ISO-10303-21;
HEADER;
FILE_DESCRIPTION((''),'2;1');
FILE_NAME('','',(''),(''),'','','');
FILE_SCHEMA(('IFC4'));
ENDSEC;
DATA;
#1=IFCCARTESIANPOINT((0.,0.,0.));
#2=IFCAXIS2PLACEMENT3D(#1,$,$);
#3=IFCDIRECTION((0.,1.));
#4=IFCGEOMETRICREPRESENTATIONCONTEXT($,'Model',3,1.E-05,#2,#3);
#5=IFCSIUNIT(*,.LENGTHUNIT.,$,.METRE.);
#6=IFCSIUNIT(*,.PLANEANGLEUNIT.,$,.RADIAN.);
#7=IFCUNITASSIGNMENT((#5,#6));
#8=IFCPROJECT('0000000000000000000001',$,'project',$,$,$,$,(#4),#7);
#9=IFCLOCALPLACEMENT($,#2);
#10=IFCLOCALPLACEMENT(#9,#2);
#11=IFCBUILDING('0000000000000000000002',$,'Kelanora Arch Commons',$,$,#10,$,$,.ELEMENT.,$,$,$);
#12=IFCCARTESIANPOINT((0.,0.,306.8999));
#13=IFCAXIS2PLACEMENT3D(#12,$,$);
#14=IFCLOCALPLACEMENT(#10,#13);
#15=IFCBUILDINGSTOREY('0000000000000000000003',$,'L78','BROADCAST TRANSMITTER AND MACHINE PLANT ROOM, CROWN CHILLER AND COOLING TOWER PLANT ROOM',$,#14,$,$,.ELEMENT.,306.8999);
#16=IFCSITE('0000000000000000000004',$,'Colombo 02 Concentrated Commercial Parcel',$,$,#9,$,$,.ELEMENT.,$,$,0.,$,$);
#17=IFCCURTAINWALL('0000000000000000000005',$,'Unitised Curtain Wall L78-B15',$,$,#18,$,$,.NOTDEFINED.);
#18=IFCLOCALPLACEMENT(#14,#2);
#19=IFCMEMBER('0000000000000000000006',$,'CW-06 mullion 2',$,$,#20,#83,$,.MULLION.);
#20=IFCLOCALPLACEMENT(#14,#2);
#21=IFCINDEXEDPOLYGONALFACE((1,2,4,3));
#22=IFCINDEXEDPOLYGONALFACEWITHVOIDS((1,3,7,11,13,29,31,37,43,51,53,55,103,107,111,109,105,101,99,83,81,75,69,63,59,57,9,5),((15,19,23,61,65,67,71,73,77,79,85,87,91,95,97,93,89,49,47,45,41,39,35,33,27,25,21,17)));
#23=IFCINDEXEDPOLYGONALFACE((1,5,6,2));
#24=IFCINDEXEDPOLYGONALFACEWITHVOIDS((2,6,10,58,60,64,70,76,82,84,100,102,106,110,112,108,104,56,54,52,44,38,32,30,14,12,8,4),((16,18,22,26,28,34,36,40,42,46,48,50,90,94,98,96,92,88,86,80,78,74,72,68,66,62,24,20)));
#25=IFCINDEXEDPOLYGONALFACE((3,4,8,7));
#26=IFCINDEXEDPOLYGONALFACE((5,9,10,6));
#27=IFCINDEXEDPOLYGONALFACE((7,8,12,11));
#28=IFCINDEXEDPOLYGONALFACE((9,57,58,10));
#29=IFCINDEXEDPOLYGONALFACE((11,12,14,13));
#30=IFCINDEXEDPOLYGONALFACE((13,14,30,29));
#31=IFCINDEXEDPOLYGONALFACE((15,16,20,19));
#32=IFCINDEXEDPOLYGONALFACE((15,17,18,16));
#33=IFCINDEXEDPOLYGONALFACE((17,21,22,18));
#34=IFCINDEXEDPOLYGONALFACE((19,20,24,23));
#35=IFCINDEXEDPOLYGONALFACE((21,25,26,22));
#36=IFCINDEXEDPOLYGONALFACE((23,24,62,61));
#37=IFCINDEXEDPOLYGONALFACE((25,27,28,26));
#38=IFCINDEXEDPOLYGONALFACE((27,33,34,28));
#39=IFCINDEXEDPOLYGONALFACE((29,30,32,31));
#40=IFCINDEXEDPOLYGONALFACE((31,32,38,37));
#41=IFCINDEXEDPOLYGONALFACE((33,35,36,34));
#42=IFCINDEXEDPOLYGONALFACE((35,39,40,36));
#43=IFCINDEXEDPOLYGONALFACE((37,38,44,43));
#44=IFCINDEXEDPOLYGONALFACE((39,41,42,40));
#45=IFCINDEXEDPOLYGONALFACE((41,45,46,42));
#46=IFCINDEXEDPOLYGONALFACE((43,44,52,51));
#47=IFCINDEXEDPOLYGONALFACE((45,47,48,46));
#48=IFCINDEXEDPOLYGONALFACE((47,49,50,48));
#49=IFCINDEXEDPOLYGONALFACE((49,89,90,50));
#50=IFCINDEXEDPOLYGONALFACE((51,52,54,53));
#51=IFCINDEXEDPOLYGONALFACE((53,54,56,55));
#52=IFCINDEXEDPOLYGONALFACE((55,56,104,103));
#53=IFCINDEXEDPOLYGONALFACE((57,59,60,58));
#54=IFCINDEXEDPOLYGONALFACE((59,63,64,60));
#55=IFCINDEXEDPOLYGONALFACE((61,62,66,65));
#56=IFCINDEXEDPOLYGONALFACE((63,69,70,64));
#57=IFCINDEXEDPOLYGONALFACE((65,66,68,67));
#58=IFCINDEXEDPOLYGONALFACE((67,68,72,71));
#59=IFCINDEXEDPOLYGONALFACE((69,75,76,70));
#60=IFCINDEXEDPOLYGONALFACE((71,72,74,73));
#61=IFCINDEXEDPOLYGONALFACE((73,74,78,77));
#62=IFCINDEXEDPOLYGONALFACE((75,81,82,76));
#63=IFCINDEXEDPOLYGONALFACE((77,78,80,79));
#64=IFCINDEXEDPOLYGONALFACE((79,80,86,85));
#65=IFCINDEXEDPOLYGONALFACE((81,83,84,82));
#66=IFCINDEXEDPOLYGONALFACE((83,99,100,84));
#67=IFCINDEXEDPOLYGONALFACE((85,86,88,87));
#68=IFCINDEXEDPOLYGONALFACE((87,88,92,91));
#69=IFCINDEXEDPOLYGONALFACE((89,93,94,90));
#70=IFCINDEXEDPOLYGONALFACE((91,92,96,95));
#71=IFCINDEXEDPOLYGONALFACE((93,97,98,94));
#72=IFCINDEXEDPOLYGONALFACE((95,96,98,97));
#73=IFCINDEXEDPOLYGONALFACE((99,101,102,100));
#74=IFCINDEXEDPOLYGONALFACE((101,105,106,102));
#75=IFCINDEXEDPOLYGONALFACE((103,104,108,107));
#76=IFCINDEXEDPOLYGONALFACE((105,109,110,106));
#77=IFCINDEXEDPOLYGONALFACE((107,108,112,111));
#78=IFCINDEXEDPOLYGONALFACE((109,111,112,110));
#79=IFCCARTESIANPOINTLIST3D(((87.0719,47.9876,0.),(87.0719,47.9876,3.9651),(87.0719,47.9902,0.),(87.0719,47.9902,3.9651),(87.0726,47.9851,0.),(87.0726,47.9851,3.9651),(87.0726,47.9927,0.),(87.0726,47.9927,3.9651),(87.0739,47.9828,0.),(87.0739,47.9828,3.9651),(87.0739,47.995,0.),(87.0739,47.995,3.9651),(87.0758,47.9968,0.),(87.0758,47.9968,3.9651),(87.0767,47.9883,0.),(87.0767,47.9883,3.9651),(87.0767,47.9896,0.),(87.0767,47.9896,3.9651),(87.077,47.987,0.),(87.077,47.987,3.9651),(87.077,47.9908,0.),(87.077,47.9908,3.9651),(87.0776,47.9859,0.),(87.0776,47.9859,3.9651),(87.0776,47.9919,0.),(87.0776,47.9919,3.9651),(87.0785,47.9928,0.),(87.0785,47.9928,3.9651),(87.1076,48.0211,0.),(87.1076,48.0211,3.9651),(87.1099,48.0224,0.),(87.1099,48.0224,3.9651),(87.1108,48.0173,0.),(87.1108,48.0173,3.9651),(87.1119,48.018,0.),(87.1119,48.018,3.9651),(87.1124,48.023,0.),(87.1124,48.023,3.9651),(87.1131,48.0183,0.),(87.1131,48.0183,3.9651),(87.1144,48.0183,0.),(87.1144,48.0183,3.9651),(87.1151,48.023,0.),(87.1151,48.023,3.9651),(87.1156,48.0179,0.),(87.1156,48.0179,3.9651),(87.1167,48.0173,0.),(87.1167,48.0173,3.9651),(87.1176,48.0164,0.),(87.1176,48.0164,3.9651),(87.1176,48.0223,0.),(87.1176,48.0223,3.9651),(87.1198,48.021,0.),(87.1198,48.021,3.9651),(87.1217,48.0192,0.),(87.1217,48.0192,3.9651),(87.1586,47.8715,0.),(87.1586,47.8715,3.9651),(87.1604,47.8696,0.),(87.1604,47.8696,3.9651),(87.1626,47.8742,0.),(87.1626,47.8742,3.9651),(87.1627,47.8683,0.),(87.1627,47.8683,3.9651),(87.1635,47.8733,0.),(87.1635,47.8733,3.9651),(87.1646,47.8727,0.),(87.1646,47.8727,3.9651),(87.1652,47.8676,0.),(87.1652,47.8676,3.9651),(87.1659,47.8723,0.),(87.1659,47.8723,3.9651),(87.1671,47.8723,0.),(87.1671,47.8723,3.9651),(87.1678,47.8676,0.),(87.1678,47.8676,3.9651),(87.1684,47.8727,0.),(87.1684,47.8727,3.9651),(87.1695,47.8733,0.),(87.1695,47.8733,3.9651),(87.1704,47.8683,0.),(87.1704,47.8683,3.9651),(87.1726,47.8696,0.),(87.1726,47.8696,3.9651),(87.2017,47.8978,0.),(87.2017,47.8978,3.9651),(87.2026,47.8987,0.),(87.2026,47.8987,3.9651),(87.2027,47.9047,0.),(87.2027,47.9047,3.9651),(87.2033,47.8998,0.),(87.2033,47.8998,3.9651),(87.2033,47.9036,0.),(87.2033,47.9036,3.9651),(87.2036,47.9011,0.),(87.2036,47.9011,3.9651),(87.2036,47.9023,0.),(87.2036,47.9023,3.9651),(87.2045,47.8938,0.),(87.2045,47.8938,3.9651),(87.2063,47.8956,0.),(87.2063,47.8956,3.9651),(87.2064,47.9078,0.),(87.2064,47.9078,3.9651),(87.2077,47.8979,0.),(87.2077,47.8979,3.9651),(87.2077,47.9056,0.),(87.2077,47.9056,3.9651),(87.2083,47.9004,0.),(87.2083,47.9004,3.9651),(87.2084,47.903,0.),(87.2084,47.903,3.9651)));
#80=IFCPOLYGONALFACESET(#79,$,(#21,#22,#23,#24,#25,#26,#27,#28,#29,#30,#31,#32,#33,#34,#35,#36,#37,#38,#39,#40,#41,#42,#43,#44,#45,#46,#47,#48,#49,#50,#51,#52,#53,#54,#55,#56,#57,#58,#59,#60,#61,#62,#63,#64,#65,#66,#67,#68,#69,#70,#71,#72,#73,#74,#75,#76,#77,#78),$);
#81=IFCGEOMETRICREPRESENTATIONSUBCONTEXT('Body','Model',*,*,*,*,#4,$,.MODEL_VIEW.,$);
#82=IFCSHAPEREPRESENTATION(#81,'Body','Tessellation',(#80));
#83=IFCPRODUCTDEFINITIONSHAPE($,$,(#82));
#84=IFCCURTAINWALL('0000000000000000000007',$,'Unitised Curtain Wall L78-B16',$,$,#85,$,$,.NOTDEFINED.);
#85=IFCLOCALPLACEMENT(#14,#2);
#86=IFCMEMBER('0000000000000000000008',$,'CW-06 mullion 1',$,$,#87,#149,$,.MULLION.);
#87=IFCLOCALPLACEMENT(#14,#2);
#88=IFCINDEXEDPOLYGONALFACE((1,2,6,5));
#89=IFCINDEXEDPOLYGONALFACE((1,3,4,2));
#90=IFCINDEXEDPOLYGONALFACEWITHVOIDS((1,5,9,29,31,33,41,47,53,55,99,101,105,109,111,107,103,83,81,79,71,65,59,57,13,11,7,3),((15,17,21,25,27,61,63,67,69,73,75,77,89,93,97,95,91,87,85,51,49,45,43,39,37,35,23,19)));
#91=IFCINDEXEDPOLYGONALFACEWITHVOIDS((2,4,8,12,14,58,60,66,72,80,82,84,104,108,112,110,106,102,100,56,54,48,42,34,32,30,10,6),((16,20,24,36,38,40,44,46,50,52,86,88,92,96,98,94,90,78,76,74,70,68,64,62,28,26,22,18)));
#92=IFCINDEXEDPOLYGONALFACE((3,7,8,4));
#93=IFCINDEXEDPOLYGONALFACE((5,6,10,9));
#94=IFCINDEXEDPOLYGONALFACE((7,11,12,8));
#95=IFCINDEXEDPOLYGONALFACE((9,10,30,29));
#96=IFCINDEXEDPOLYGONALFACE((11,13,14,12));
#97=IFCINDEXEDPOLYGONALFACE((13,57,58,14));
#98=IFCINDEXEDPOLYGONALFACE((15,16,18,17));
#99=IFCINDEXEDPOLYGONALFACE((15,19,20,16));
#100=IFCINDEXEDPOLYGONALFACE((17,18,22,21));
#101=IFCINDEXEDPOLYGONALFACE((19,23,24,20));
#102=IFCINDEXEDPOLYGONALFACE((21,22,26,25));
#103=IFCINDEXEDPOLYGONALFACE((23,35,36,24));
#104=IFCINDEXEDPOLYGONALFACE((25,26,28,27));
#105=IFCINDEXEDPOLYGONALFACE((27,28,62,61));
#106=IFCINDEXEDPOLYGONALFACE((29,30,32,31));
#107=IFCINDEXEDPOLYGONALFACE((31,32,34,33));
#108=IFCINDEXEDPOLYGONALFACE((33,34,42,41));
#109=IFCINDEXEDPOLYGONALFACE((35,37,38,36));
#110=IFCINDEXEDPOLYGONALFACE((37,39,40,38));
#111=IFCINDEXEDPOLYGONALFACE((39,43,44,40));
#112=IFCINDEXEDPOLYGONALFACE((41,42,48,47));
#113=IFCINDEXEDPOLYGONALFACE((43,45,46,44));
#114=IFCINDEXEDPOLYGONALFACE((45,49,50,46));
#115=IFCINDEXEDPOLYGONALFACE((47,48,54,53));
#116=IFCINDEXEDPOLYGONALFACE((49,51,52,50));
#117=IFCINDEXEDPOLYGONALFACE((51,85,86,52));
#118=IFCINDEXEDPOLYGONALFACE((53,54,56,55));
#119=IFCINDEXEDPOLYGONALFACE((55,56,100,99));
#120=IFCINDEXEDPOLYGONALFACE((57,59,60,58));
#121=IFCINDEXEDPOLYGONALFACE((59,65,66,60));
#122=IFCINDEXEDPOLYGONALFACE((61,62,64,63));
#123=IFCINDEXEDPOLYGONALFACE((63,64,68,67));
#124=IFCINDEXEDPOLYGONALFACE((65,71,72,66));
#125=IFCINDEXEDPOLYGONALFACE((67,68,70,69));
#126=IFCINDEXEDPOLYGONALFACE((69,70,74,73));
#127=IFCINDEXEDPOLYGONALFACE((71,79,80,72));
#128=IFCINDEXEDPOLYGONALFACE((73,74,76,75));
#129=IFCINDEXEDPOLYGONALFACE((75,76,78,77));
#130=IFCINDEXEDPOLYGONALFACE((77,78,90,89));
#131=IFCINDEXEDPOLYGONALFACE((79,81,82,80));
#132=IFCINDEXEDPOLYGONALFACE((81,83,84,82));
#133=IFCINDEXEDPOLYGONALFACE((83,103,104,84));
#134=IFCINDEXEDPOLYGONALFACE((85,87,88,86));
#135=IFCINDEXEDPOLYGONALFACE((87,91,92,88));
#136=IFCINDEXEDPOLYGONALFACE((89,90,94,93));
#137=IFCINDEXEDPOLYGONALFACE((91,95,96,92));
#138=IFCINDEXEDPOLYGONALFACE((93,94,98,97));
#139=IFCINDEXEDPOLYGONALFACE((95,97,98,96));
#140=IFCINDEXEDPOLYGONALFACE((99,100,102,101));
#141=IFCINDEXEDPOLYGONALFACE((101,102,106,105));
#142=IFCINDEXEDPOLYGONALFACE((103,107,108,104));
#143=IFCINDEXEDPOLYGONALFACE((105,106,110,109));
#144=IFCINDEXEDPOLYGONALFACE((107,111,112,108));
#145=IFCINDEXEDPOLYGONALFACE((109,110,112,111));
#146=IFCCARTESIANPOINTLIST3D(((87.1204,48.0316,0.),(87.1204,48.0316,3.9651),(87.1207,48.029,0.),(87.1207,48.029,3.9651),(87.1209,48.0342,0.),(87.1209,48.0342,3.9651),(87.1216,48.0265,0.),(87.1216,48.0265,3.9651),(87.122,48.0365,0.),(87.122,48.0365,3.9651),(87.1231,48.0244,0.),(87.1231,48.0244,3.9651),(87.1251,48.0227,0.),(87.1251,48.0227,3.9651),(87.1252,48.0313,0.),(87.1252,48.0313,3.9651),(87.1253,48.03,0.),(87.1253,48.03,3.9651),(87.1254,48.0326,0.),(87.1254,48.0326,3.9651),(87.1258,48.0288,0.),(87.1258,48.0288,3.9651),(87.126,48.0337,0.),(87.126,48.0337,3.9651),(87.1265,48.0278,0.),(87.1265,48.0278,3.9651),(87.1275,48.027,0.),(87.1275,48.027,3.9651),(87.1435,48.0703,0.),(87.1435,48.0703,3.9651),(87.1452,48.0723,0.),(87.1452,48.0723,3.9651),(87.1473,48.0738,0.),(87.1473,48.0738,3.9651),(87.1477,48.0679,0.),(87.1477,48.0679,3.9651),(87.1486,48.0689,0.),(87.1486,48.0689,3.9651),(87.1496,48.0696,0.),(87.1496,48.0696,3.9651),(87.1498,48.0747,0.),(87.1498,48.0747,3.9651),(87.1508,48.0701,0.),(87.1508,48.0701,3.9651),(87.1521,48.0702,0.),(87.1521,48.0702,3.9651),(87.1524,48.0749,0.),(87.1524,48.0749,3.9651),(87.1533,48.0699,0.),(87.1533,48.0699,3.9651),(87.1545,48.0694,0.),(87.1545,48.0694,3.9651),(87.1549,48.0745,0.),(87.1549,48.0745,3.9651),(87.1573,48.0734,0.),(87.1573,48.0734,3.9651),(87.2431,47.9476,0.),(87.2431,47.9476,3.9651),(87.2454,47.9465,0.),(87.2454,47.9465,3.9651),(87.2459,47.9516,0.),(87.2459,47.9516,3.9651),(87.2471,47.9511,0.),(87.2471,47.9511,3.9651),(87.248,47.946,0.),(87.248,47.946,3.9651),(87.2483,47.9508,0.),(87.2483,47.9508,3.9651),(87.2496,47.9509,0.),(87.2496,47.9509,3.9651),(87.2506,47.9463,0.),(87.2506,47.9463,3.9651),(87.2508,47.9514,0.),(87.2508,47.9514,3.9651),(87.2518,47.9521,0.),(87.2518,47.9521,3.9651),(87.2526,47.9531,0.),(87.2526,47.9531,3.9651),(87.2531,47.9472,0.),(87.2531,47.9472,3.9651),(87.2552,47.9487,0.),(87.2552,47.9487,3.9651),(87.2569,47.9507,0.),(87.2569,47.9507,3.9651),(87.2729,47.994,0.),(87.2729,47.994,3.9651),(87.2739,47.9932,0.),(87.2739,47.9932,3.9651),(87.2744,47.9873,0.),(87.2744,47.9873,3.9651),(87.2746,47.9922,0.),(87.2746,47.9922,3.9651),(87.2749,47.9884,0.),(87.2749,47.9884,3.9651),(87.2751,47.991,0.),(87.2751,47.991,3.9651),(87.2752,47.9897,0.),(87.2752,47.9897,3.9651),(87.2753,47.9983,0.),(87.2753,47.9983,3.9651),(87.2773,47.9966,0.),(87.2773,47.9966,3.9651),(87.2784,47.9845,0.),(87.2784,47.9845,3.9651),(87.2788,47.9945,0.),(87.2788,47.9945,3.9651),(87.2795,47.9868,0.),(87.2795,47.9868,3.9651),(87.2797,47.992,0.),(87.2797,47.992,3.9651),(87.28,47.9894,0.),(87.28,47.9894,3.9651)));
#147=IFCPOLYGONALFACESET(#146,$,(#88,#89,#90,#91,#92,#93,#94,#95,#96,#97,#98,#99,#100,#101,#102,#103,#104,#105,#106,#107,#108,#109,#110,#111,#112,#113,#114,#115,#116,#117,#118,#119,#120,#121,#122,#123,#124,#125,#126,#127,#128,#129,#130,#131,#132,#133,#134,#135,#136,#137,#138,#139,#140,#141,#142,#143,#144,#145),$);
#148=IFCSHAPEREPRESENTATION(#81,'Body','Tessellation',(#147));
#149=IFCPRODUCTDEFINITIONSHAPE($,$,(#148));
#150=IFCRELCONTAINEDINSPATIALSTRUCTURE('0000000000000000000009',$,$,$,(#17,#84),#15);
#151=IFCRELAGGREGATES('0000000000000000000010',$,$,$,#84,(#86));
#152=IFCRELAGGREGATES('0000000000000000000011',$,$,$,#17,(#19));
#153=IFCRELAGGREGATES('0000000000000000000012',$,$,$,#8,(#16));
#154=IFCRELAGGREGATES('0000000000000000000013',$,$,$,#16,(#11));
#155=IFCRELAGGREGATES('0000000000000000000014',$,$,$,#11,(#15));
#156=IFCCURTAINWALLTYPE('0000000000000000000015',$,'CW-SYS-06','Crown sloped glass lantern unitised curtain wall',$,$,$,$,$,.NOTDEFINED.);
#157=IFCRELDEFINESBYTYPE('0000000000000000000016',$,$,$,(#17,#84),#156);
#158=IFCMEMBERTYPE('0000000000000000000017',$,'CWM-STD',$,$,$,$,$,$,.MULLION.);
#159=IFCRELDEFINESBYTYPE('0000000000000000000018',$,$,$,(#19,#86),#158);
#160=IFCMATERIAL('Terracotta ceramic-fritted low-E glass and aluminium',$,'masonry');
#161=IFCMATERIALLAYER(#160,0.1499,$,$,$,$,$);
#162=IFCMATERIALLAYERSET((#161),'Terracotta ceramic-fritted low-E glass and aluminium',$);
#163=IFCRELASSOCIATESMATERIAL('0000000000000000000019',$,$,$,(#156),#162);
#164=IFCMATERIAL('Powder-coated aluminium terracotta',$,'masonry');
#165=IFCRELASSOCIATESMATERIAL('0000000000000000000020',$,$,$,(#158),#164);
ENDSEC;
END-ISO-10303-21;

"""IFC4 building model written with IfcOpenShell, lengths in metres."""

from ifc_helpers import new_model, si_unit, direction, frame, origin, origin_2d, place, context, subcontext, project, spatial, hollow_rectangle, extrude, material, layer, layer_set, material_profile, profile_set, type_object, element, aggregate, save


model = new_model("IFC4")

# Units and contexts
model_context = context("Model", 3, precision=1e-05, world=origin(), true_north=direction((0.0, 1.0)))
body_context = subcontext(model_context, "Body", "Model", "MODEL_VIEW")
ifc_project = project(units=[si_unit("LENGTHUNIT", "METRE"), si_unit("PLANEANGLEUNIT", "RADIAN")], contexts=[model_context])

# Site, building, storey
site_placement = place(None, origin())
site = spatial("IfcSite", under=ifc_project, at=site_placement, Name="Colombo 02 Concentrated Commercial Parcel", CompositionType="ELEMENT", RefElevation=0.0)
building_placement = place(site_placement, origin())
building = spatial("IfcBuilding", under=site, at=building_placement, Name="Kelanora Arch Commons", CompositionType="ELEMENT")
storey_placement = place(building_placement, frame((0.0, 0.0, 306.8999)))
storey = spatial("IfcBuildingStorey", under=building, at=storey_placement, Name="L78", Description="BROADCAST TRANSMITTER AND MACHINE PLANT ROOM, CROWN CHILLER AND COOLING TOWER PLANT ROOM", CompositionType="ELEMENT", Elevation=306.8999)

# Shared definitions
ifc_material_1 = material(Name="Terracotta ceramic-fritted low-E glass and aluminium", Category="masonry")
ifc_layer_1 = layer(ifc_material_1, 0.1499)
ifc_layer_set_1 = layer_set([ifc_layer_1], Name="Terracotta ceramic-fritted low-E glass and aluminium")
curtain_wall_type = type_object("IfcCurtainWallType", Name="CW-SYS-06", Description="Crown sloped glass lantern unitised curtain wall", PredefinedType="NOTDEFINED", material=ifc_layer_set_1)
ifc_material_2 = material(Name="Powder-coated aluminium terracotta", Category="masonry")
ifc_material_profile_1 = material_profile(ifc_material_2, hollow_rectangle(XDim=0.1599, YDim=0.0601, WallThickness=0.0049, InnerFilletRadius=0.0049, OuterFilletRadius=0.01, at=origin_2d()), Name="CWM160x60")
ifc_profile_set_1 = profile_set([ifc_material_profile_1], Name="Powder-coated aluminium terracotta")
member_type_1 = type_object("IfcMemberType", Name="CWM-STD", PredefinedType="MULLION", material=ifc_profile_set_1)

# Curtain wall, member
curtain_wall_1_placement = place(storey_placement, origin())
curtain_wall_1 = element("IfcCurtainWall", 1, at=curtain_wall_1_placement, inside=storey, type_object=curtain_wall_type, Name="Unitised Curtain Wall L78-B15", PredefinedType="NOTDEFINED")
member_1_placement = place(storey_placement, frame((87.1401, 47.9453, 0.0), z_axis=(0.0, 0.0, 1.0), x_axis=(-0.605596, 0.795772, 0.0)))
member_1 = element("IfcMember", 2, at=member_1_placement, type_object=member_type_1, Name="CW-06 mullion 2", PredefinedType="MULLION", context=body_context, shape_type="SweptSolid", body=[
    extrude(hollow_rectangle(XDim=0.1599, YDim=0.0601, WallThickness=0.0049, InnerFilletRadius=0.0049, OuterFilletRadius=0.01, at=origin_2d()), origin(), (0.0, 0.0, 1.0), 3.9651),
])

# Curtain wall, member
curtain_wall_2_placement = place(storey_placement, origin())
curtain_wall_2 = element("IfcCurtainWall", 3, at=curtain_wall_2_placement, inside=storey, type_object=curtain_wall_type, Name="Unitised Curtain Wall L78-B16", PredefinedType="NOTDEFINED")
member_2_placement = place(storey_placement, frame((87.2002, 48.0105, 0.0), z_axis=(0.0, 0.0, 1.0), x_axis=(-0.843592, 0.536984, 0.0)))
member_2 = element("IfcMember", 4, at=member_2_placement, type_object=member_type_1, Name="CW-06 mullion 1", PredefinedType="MULLION", context=body_context, shape_type="SweptSolid", body=[
    extrude(hollow_rectangle(XDim=0.1599, YDim=0.0601, WallThickness=0.0049, InnerFilletRadius=0.0049, OuterFilletRadius=0.01, at=origin_2d()), origin(), (0.0, 0.0, 1.0), 3.9651),
])

aggregate(curtain_wall_2, [member_2])

aggregate(curtain_wall_1, [member_1])

save(model, "model.ifc")
